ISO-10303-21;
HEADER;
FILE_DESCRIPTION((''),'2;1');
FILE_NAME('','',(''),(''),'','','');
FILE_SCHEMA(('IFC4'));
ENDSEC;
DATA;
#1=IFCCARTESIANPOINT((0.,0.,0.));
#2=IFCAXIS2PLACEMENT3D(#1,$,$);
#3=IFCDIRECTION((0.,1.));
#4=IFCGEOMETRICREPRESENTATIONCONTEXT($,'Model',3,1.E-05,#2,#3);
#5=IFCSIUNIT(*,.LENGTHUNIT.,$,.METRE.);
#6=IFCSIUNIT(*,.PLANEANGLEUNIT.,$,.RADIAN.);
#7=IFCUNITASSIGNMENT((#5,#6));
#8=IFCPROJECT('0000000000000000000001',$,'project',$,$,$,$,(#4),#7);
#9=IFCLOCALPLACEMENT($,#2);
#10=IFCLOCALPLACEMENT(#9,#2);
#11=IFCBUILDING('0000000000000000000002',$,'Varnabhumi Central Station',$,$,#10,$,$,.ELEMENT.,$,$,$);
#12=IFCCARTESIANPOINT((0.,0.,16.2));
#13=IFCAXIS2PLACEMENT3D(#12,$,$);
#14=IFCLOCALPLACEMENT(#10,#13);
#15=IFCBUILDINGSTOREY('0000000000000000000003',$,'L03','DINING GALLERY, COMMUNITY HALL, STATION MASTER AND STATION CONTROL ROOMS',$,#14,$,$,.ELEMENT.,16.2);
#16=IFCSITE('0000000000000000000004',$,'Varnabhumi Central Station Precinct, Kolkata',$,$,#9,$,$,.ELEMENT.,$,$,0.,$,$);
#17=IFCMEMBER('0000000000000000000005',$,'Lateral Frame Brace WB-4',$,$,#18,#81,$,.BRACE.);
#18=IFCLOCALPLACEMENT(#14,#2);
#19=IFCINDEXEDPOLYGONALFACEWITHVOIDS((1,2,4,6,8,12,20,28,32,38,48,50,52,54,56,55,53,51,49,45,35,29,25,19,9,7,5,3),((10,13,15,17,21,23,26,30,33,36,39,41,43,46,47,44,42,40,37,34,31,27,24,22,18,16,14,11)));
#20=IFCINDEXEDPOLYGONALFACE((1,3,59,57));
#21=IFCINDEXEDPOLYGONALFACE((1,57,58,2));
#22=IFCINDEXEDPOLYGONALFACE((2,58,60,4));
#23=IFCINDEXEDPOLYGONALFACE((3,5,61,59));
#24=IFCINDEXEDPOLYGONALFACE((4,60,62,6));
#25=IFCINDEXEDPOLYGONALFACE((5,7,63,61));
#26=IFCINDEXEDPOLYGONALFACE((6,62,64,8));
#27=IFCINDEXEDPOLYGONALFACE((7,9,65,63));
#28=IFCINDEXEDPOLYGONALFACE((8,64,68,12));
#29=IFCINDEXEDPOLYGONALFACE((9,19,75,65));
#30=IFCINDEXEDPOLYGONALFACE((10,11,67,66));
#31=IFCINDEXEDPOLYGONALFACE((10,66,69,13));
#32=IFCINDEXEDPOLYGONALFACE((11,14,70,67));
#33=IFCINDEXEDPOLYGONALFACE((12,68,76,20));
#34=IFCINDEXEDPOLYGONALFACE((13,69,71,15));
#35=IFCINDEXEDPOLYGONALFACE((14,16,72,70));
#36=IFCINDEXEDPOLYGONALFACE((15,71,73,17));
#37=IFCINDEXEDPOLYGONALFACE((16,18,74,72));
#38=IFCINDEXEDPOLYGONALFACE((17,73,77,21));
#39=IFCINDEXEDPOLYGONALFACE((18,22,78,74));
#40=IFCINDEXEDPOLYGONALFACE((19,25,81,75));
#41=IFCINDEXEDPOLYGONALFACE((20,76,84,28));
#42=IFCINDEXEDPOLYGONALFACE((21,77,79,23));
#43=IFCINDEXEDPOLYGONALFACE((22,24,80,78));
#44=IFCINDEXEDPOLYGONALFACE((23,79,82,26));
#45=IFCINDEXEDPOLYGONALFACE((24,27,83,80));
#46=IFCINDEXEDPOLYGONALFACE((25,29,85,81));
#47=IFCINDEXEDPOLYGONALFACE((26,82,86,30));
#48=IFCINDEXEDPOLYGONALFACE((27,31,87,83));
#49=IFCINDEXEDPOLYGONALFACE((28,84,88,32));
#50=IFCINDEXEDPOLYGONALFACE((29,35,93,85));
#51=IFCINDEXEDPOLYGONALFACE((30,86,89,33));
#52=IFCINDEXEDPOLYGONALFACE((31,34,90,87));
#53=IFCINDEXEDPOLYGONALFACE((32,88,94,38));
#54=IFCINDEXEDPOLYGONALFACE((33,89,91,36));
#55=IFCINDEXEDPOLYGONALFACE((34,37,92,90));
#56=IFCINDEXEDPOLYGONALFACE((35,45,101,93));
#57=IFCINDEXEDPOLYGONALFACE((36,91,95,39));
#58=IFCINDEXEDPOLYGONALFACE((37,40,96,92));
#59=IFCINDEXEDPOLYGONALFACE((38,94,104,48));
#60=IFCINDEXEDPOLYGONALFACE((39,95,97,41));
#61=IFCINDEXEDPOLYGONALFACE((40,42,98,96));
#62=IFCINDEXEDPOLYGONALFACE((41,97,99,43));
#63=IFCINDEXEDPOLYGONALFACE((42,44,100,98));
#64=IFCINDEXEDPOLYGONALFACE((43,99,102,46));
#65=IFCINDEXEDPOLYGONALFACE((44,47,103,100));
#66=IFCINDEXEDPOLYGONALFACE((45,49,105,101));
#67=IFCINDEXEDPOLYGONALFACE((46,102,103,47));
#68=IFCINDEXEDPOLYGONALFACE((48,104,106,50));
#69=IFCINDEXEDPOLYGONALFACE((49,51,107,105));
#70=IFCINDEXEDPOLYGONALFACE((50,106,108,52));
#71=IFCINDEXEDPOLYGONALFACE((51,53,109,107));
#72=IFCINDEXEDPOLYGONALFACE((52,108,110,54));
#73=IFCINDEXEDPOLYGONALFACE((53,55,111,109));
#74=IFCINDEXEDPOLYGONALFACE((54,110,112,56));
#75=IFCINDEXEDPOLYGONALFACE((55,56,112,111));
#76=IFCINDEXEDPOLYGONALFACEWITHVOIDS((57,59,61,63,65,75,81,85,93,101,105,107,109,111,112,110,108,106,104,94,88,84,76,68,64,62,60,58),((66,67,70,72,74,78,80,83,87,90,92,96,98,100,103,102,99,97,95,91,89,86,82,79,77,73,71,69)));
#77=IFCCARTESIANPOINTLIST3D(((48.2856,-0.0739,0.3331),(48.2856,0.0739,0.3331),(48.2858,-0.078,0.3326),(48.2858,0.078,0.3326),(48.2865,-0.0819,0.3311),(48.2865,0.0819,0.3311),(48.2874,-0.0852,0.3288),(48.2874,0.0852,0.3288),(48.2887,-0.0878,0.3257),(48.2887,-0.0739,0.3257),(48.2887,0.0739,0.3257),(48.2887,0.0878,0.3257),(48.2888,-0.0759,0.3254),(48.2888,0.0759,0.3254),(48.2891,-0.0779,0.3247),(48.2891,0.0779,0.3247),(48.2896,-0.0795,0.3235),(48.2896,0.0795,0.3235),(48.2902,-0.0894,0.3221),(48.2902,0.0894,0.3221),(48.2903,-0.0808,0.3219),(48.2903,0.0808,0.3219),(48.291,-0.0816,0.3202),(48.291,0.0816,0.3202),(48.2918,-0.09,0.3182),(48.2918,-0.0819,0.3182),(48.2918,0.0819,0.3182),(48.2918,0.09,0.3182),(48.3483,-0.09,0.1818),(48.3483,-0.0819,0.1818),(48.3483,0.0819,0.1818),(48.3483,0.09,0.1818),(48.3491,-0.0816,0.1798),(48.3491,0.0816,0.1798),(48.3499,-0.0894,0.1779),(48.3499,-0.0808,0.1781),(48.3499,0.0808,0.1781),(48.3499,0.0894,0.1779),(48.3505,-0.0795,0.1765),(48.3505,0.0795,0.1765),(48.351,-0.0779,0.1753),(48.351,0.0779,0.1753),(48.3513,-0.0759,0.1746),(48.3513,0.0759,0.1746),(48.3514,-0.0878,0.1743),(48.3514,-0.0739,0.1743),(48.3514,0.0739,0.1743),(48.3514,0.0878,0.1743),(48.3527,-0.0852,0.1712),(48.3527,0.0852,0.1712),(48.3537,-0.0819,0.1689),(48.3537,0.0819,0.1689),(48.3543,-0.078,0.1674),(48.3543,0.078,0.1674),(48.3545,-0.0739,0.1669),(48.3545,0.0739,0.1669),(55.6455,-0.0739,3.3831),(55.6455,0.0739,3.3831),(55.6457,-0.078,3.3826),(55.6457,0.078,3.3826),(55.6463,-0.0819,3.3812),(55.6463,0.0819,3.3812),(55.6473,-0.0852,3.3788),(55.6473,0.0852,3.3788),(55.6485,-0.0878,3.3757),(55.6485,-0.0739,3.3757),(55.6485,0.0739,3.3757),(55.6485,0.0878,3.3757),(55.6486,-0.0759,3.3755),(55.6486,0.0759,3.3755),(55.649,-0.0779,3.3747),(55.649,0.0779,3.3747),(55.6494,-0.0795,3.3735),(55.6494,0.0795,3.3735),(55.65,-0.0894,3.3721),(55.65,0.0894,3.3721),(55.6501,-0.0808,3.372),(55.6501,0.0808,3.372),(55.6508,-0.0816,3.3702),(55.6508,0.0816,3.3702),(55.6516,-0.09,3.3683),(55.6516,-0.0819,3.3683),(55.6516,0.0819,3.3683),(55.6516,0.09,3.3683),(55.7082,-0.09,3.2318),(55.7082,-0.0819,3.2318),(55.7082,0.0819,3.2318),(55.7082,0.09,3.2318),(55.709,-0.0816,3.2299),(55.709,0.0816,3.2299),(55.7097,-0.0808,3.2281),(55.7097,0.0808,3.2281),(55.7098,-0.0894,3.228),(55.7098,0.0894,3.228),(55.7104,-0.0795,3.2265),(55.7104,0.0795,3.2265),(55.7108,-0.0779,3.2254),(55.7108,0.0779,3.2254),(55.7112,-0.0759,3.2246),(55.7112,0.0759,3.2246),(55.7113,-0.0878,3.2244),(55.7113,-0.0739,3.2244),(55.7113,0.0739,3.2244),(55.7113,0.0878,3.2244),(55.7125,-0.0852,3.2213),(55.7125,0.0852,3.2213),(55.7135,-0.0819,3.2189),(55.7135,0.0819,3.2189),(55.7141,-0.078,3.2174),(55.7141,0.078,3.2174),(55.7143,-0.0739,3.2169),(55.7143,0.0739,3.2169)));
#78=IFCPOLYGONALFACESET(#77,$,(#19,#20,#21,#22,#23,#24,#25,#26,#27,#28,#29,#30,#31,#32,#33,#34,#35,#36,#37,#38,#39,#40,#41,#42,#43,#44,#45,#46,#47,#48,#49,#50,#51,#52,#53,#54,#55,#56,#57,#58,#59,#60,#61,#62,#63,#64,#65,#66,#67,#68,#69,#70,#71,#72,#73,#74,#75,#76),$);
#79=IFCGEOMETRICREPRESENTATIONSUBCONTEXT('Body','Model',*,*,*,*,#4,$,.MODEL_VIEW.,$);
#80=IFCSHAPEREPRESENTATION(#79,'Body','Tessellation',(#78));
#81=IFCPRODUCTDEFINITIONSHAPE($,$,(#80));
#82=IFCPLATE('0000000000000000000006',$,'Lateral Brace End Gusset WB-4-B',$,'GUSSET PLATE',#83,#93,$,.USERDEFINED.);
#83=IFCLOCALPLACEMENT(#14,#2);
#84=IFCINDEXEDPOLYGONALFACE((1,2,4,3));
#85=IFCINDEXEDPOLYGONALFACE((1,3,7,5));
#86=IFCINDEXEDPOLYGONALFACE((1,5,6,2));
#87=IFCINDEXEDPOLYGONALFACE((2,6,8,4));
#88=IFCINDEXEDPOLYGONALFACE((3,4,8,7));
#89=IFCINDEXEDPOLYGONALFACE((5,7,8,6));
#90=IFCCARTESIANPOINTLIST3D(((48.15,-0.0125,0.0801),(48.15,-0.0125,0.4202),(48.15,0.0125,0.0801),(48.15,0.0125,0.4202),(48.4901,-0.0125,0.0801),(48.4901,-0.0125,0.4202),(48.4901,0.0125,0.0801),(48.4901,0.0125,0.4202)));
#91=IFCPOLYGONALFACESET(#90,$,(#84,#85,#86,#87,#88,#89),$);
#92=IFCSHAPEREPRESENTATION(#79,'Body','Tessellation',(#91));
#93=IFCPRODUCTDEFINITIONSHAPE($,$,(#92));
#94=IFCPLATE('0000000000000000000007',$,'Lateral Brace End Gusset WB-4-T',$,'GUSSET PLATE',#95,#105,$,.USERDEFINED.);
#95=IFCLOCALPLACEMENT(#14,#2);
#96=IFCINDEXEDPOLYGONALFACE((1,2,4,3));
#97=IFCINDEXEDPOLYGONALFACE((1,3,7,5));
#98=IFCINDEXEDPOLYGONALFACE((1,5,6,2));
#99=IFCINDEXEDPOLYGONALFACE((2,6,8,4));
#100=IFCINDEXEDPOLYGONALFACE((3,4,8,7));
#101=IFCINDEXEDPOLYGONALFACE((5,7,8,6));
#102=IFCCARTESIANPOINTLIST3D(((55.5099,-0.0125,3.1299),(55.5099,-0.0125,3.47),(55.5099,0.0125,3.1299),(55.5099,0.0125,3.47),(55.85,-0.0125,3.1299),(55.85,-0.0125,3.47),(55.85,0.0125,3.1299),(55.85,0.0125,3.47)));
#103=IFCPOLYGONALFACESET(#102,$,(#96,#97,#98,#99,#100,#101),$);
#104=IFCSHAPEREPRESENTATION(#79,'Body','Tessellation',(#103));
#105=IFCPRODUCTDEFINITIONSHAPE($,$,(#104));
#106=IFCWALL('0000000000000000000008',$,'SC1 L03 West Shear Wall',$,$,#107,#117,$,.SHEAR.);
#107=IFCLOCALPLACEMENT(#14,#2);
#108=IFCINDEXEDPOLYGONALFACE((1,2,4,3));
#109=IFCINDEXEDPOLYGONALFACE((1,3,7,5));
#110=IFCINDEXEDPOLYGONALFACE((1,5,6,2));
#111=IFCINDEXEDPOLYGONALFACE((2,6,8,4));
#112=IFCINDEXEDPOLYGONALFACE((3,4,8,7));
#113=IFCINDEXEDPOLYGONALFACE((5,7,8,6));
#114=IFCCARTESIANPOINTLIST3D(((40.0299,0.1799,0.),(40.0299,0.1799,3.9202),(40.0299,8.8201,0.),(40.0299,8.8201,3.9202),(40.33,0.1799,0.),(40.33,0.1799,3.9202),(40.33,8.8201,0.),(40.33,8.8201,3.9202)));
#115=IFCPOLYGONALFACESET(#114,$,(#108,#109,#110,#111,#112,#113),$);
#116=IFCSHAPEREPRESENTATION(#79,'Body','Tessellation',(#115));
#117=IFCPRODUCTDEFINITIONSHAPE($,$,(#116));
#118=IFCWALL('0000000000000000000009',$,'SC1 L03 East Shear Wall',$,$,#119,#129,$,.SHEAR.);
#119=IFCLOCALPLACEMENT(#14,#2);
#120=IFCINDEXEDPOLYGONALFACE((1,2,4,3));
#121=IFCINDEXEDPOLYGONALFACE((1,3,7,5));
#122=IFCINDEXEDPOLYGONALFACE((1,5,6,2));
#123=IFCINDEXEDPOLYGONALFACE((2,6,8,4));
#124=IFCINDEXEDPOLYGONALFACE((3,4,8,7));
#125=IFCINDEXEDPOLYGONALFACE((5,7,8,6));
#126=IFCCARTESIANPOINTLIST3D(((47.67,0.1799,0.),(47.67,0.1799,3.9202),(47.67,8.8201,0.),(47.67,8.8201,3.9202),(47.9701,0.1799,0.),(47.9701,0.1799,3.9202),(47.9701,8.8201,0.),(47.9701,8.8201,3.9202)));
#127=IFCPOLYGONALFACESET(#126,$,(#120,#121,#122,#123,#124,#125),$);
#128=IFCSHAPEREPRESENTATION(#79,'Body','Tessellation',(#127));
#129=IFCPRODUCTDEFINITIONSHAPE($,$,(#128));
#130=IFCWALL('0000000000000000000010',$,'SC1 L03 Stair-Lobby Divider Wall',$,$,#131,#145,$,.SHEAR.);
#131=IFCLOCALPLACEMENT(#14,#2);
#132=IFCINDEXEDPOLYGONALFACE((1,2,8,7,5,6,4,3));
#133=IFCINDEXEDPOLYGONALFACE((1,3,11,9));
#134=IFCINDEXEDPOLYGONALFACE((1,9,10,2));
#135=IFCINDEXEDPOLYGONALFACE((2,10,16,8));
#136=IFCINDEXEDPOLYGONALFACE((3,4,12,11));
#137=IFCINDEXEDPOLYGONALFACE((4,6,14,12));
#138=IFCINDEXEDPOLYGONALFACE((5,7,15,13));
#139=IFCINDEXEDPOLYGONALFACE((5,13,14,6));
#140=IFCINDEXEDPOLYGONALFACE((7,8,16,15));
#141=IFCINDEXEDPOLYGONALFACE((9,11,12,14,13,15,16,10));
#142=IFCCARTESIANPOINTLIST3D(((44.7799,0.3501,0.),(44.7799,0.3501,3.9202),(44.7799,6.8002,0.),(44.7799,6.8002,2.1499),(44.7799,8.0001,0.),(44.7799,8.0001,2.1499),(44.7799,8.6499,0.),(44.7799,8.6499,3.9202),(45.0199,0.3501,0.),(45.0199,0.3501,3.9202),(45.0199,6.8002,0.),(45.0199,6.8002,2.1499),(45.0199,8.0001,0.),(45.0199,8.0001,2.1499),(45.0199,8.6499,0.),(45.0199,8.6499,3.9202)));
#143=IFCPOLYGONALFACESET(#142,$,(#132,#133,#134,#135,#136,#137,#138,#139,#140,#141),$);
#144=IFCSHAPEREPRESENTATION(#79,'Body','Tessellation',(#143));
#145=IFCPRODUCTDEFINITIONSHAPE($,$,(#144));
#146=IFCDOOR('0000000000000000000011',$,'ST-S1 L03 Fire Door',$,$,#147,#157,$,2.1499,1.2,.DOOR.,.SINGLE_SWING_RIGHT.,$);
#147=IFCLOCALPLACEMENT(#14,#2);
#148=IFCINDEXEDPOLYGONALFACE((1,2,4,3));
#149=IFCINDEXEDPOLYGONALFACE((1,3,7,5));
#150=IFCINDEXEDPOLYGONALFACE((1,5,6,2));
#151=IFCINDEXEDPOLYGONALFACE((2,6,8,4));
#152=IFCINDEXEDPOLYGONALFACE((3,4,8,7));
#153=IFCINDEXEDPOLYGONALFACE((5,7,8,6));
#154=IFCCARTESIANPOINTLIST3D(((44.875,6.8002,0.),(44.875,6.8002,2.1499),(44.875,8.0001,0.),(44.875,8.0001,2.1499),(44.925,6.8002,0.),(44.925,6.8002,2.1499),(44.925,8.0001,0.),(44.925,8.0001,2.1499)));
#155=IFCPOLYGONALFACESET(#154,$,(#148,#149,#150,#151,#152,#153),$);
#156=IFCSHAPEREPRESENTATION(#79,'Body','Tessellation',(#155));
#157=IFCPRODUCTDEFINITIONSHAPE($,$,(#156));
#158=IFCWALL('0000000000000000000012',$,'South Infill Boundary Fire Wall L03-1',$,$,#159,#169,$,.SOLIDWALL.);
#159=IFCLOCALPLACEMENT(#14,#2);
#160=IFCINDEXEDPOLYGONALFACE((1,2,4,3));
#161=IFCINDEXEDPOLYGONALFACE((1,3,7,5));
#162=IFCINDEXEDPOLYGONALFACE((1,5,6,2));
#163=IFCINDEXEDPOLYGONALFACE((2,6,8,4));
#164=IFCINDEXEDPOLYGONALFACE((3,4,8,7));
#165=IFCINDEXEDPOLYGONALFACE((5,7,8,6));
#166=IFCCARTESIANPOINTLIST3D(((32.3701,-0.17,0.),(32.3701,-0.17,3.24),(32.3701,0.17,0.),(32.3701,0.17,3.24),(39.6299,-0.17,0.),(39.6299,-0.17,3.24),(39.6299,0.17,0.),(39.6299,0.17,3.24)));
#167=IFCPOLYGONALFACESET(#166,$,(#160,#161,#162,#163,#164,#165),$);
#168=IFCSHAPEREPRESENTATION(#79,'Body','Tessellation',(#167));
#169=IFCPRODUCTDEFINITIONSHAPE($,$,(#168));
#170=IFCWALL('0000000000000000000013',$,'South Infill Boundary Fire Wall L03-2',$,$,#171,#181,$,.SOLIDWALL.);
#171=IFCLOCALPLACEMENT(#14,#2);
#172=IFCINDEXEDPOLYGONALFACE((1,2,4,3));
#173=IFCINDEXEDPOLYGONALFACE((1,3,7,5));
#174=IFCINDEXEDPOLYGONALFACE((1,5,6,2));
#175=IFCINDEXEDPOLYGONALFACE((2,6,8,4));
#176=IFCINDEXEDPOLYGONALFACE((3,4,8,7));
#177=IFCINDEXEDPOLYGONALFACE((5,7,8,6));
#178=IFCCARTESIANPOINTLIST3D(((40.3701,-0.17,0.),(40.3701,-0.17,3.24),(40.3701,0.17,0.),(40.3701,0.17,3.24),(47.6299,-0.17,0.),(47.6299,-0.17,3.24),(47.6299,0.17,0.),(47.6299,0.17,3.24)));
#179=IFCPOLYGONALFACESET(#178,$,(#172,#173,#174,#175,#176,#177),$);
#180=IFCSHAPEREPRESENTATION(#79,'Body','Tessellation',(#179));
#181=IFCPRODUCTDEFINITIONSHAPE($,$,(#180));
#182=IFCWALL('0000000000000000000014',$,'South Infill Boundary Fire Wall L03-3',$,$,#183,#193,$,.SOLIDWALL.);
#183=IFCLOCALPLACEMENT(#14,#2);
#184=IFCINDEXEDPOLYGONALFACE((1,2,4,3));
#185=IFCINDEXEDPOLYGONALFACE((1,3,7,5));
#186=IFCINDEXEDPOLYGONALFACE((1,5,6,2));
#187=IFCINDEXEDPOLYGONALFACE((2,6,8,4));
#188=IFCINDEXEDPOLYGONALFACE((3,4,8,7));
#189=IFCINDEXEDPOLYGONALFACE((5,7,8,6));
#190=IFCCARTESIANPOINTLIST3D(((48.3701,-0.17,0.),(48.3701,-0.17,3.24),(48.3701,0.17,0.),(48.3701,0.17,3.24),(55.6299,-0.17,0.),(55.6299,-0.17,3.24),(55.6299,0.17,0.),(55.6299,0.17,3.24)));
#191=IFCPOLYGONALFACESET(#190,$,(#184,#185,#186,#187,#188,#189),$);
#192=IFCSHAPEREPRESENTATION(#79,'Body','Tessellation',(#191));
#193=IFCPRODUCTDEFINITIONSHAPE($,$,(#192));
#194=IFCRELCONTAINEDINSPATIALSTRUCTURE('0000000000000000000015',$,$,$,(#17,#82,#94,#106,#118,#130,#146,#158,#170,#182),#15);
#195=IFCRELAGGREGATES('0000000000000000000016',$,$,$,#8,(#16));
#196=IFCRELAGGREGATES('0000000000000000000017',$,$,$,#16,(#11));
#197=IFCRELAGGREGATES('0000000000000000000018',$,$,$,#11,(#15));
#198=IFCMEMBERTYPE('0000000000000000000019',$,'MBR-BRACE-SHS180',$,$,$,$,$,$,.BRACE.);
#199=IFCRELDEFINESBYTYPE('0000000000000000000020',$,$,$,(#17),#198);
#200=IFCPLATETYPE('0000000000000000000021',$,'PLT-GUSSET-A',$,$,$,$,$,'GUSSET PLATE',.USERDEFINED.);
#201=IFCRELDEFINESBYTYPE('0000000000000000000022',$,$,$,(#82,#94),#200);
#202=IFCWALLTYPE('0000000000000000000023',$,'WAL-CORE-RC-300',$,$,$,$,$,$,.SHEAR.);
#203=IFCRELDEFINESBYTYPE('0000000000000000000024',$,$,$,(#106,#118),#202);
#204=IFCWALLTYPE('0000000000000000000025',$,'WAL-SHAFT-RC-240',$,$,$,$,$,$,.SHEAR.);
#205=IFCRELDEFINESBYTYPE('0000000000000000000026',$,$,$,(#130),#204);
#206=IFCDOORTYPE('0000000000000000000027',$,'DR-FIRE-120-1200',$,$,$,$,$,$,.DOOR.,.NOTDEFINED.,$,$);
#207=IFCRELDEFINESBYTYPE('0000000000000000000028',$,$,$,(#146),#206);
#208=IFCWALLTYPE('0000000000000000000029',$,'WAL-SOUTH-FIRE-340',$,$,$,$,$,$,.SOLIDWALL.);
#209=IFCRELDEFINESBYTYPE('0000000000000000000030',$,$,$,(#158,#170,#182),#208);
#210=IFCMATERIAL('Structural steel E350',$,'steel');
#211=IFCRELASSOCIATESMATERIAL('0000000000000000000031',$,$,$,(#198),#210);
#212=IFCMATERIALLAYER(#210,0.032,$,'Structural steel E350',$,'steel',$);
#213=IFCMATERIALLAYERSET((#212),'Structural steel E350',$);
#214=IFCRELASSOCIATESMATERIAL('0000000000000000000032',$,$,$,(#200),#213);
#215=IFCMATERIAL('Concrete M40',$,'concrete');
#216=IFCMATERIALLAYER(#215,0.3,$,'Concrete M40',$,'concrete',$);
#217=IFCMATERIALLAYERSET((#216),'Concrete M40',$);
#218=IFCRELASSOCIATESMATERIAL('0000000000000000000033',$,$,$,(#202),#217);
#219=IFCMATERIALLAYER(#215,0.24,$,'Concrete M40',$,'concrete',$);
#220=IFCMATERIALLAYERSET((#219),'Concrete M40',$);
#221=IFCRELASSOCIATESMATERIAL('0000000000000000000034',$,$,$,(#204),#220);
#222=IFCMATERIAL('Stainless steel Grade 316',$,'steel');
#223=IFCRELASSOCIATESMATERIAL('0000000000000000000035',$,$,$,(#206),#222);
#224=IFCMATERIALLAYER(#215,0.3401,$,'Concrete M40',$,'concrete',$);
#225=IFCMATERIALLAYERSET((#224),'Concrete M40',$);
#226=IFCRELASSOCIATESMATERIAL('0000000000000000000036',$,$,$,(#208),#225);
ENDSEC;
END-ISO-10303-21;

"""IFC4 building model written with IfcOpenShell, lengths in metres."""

from ifc_helpers import new_model, si_unit, direction, frame, frame_2d, origin, origin_2d, place, context, subcontext, project, spatial, rectangle, hollow_rectangle, extrude, material, layer, layer_set, material_profile, profile_set, type_object, element, fill, save


model = new_model("IFC4")

# Units and contexts
model_context = context("Model", 3, precision=1e-05, world=origin(), true_north=direction((0.0, 1.0)))
body_context = subcontext(model_context, "Body", "Model", "MODEL_VIEW")
ifc_project = project(units=[si_unit("LENGTHUNIT", "METRE"), si_unit("PLANEANGLEUNIT", "RADIAN")], contexts=[model_context])

# Site, building, storey
site_placement = place(None, origin())
site = spatial("IfcSite", under=ifc_project, at=site_placement, Name="Varnabhumi Central Station Precinct, Kolkata", CompositionType="ELEMENT", RefElevation=0.0)
building_placement = place(site_placement, origin())
building = spatial("IfcBuilding", under=site, at=building_placement, Name="Varnabhumi Central Station", CompositionType="ELEMENT")
storey_placement = place(building_placement, frame((0.0, 0.0, 16.2)))
storey = spatial("IfcBuildingStorey", under=building, at=storey_placement, Name="L03", Description="DINING GALLERY, COMMUNITY HALL, STATION MASTER AND STATION CONTROL ROOMS", CompositionType="ELEMENT", Elevation=16.2)

# Shared definitions
ifc_material_1 = material(Name="Concrete M40", Category="concrete")

# Shared definitions
ifc_material_2 = material(Name="Structural steel E350", Category="steel")

# Member
ifc_material_profile_1 = material_profile(ifc_material_2, hollow_rectangle(XDim=0.1799, YDim=0.1799, WallThickness=0.0081, InnerFilletRadius=0.0081, OuterFilletRadius=0.0161, at=origin_2d()), Name="Structural steel E350", Category="steel")
ifc_profile_set_1 = profile_set([ifc_material_profile_1], Name="Structural steel E350")
member_type = type_object("IfcMemberType", Name="MBR-BRACE-SHS180", PredefinedType="BRACE", material=ifc_profile_set_1)
member_placement = place(storey_placement, frame((48.3201, 0.0, 0.25), z_axis=(0.923813, 0.0, 0.382843), x_axis=(0.0, 1.0, 0.0)))
element("IfcMember", 1, at=member_placement, inside=storey, type_object=member_type, Name="Lateral Frame Brace WB-4", PredefinedType="BRACE", context=body_context, shape_type="SweptSolid", body=[
    extrude(hollow_rectangle(XDim=0.1799, YDim=0.1799, WallThickness=0.0081, InnerFilletRadius=0.0081, OuterFilletRadius=0.0161, at=origin_2d()), origin(), (0.0, 0.0, 1.0), 7.9668),
])

# Plates
ifc_layer_1 = layer(ifc_material_2, 0.032, Name="Structural steel E350", Category="steel")
ifc_layer_set_1 = layer_set([ifc_layer_1], Name="Structural steel E350")
plate_type = type_object("IfcPlateType", Name="PLT-GUSSET-A", ElementType="GUSSET PLATE", PredefinedType="USERDEFINED", material=ifc_layer_set_1)
for number, where, z_axis, x_axis, name in (
    (2, (48.3201, 0.0, 0.0801), (0.0, 0.0, 1.0), (1.0, 0.0, 0.0), "Lateral Brace End Gusset WB-4-B"),
    (3, (55.6799, 0.0, 3.1299), (0.0, 0.0, 1.0), (1.0, 0.0, 0.0), "Lateral Brace End Gusset WB-4-T"),
):
    element("IfcPlate", number, at=place(storey_placement, frame(where, z_axis=z_axis, x_axis=x_axis)), inside=storey, type_object=plate_type, Name=name, ObjectType="GUSSET PLATE", PredefinedType="USERDEFINED", context=body_context, shape_type="SweptSolid", body=[
        extrude(rectangle(XDim=0.3401, YDim=0.0249, at=origin_2d()), origin(), (0.0, 0.0, 1.0), 0.3401),
    ])

# Walls
ifc_layer_2 = layer(ifc_material_1, 0.3, Name="Concrete M40", Category="concrete")
ifc_layer_set_2 = layer_set([ifc_layer_2], Name="Concrete M40")
wall_type_1 = type_object("IfcWallType", Name="WAL-CORE-RC-300", PredefinedType="SHEAR", material=ifc_layer_set_2)
for number, where, z_axis, x_axis, name in (
    (4, (40.1799, 0.1799, 0.0), (0.0, 0.0, 1.0), (0.0, 1.0, 0.0), "SC1 L03 West Shear Wall"),
    (5, (47.8201, 0.1799, 0.0), (0.0, 0.0, 1.0), (0.0, 1.0, 0.0), "SC1 L03 East Shear Wall"),
):
    element("IfcWall", number, at=place(storey_placement, frame(where, z_axis=z_axis, x_axis=x_axis)), inside=storey, type_object=wall_type_1, Name=name, PredefinedType="SHEAR", context=body_context, shape_type="SweptSolid", body=[
        extrude(rectangle(XDim=8.6401, YDim=0.3, at=frame_2d((4.3201, 0.0))), origin(), (0.0, 0.0, 1.0), 3.9202),
    ])

# Wall, opening, door
ifc_layer_3 = layer(ifc_material_1, 0.24, Name="Concrete M40", Category="concrete")
ifc_layer_set_3 = layer_set([ifc_layer_3], Name="Concrete M40")
wall_type_2 = type_object("IfcWallType", Name="WAL-SHAFT-RC-240", PredefinedType="SHEAR", material=ifc_layer_set_3)
wall_1_placement = place(storey_placement, frame((44.8999, 0.3501, 0.0), z_axis=(0.0, 0.0, 1.0), x_axis=(0.0, 1.0, 0.0)))
wall_1 = element("IfcWall", 6, at=wall_1_placement, inside=storey, type_object=wall_type_2, Name="SC1 L03 Stair-Lobby Divider Wall", PredefinedType="SHEAR", context=body_context, shape_type="SweptSolid", body=[
    extrude(rectangle(XDim=8.2998, YDim=0.24, at=frame_2d((4.1499, 0.0))), origin(), (0.0, 0.0, 1.0), 3.9202),
])
opening_1_placement = place(wall_1_placement, frame((6.45, 0.0, 0.0)))
opening_1 = element("IfcOpeningElement", 7, at=opening_1_placement, cuts=wall_1, PredefinedType="OPENING", context=body_context, shape_type="SweptSolid", body=[
    extrude(rectangle(XDim=1.2, YDim=2.1499, at=frame_2d((0.6001, 1.075))), frame((0.0, 0.1299, 0.0), z_axis=(0.0, -1.0, 0.0), x_axis=(1.0, 0.0, 0.0)), (0.0, 0.0, 1.0), 0.26),
])
ifc_material_3 = material(Name="Stainless steel Grade 316", Category="steel")
door_type_1 = type_object("IfcDoorType", Name="DR-FIRE-120-1200", OperationType="NOTDEFINED", PredefinedType="DOOR", material=ifc_material_3)
door_1_placement = place(opening_1_placement, origin())
door_1 = element("IfcDoor", 8, at=door_1_placement, inside=storey, type_object=door_type_1, Name="ST-S1 L03 Fire Door", OperationType="SINGLE_SWING_RIGHT", OverallHeight=2.1499, OverallWidth=1.2, PredefinedType="DOOR", context=body_context, shape_type="SweptSolid", body=[
    extrude(rectangle(XDim=1.2, YDim=2.1499, at=frame_2d((0.6001, 1.075))), frame((0.0, 0.0249, 0.0), z_axis=(0.0, -1.0, 0.0), x_axis=(1.0, 0.0, 0.0)), (0.0, 0.0, 1.0), 0.05),
])
fill(opening_1, door_1)

# Walls
ifc_layer_4 = layer(ifc_material_1, 0.3401, Name="Concrete M40", Category="concrete")
ifc_layer_set_4 = layer_set([ifc_layer_4], Name="Concrete M40")
wall_type_3 = type_object("IfcWallType", Name="WAL-SOUTH-FIRE-340", PredefinedType="SOLIDWALL", material=ifc_layer_set_4)
for number, where, z_axis, x_axis, name in (
    (9, (32.3701, 0.0, 0.0), (0.0, 0.0, 1.0), (1.0, 0.0, 0.0), "South Infill Boundary Fire Wall L03-1"),
    (10, (40.3701, 0.0, 0.0), (0.0, 0.0, 1.0), (1.0, 0.0, 0.0), "South Infill Boundary Fire Wall L03-2"),
    (11, (48.3701, 0.0, 0.0), (0.0, 0.0, 1.0), (1.0, 0.0, 0.0), "South Infill Boundary Fire Wall L03-3"),
):
    element("IfcWall", number, at=place(storey_placement, frame(where, z_axis=z_axis, x_axis=x_axis)), inside=storey, type_object=wall_type_3, Name=name, PredefinedType="SOLIDWALL", context=body_context, shape_type="SweptSolid", body=[
        extrude(rectangle(XDim=7.2598, YDim=0.3401, at=frame_2d((3.6299, 0.0))), origin(), (0.0, 0.0, 1.0), 3.24),
    ])

save(model, "model.ifc")
